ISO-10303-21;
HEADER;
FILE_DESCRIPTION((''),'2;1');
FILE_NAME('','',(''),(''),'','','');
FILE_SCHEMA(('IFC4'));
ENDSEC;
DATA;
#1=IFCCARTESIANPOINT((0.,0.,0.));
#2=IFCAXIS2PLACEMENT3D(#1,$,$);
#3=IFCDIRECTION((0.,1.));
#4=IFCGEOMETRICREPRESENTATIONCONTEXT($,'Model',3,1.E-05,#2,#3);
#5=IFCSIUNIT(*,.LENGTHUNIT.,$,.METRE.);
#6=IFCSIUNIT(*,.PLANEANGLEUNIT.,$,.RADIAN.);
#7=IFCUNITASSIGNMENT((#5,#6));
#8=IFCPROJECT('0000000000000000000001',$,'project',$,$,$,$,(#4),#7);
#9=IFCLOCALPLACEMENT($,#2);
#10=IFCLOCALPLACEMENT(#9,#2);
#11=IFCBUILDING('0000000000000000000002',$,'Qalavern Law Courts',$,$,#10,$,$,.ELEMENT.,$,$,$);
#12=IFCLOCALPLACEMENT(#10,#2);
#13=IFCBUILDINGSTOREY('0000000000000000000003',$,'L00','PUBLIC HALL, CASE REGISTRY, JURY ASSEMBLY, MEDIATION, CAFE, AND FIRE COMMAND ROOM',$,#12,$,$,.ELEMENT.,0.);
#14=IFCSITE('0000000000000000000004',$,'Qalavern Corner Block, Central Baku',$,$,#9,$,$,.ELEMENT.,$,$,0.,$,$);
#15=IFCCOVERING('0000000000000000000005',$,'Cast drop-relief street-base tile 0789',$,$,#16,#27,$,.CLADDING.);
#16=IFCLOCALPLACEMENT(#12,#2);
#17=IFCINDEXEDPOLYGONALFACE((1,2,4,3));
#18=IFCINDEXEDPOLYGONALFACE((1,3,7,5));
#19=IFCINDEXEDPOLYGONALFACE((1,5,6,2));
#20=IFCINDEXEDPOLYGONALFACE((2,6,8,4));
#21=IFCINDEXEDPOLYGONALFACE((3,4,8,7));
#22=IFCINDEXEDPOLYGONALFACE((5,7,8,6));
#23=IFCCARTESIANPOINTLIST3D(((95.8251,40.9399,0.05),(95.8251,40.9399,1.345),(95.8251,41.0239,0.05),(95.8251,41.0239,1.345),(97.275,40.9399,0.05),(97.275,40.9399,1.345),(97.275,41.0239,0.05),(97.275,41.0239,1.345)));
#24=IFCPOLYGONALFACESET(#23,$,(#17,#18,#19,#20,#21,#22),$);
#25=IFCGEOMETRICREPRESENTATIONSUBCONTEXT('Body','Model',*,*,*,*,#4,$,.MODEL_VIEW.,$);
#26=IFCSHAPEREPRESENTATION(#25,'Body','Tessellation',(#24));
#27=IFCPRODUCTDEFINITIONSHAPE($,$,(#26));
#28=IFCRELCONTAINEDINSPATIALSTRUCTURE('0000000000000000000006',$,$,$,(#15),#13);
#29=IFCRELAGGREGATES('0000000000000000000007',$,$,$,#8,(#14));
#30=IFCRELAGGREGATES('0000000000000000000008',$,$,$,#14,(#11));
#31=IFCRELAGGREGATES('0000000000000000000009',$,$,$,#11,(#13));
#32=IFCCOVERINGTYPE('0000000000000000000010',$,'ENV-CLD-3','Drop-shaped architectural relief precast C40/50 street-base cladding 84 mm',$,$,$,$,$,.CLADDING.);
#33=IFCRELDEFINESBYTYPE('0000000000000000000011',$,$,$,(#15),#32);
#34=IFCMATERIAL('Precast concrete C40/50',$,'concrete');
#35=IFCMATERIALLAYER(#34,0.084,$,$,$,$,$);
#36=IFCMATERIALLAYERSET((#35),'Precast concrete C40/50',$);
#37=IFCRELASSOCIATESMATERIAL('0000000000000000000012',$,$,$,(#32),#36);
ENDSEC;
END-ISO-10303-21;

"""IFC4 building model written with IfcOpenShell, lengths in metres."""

from ifc_helpers import new_model, si_unit, direction, frame, origin, origin_2d, place, context, subcontext, project, spatial, rectangle, extrude, material, layer, layer_set, type_object, element, save


model = new_model("IFC4")

# Units and contexts
model_context = context("Model", 3, precision=1e-05, world=origin(), true_north=direction((0.0, 1.0)))
body_context = subcontext(model_context, "Body", "Model", "MODEL_VIEW")
ifc_project = project(units=[si_unit("LENGTHUNIT", "METRE"), si_unit("PLANEANGLEUNIT", "RADIAN")], contexts=[model_context])

# Site, building, storey
site_placement = place(None, origin())
site = spatial("IfcSite", under=ifc_project, at=site_placement, Name="Qalavern Corner Block, Central Baku", CompositionType="ELEMENT", RefElevation=0.0)
building_placement = place(site_placement, origin())
building = spatial("IfcBuilding", under=site, at=building_placement, Name="Qalavern Law Courts", CompositionType="ELEMENT")
storey_placement = place(building_placement, origin())
storey = spatial("IfcBuildingStorey", under=building, at=storey_placement, Name="L00", Description="PUBLIC HALL, CASE REGISTRY, JURY ASSEMBLY, MEDIATION, CAFE, AND FIRE COMMAND ROOM", CompositionType="ELEMENT", Elevation=0.0)

# Covering
ifc_material_1 = material(Name="Precast concrete C40/50", Category="concrete")
ifc_layer_1 = layer(ifc_material_1, 0.084)
ifc_layer_set_1 = layer_set([ifc_layer_1], Name="Precast concrete C40/50")
covering_type_1 = type_object("IfcCoveringType", Name="ENV-CLD-3", Description="Drop-shaped architectural relief precast C40/50 street-base cladding 84 mm", PredefinedType="CLADDING", material=ifc_layer_set_1)
covering_placement = place(storey_placement, frame((96.55, 40.9819, 0.05), z_axis=(0.0, 0.0, 1.0), x_axis=(1.0, 0.0, 0.0)))
element("IfcCovering", 1, at=covering_placement, inside=storey, type_object=covering_type_1, Name="Cast drop-relief street-base tile 0789", PredefinedType="CLADDING", context=body_context, shape_type="SweptSolid", body=[
    extrude(rectangle(XDim=1.45, YDim=0.084, at=origin_2d()), origin(), (0.0, 0.0, 1.0), 1.2949),
])

save(model, "model.ifc")
